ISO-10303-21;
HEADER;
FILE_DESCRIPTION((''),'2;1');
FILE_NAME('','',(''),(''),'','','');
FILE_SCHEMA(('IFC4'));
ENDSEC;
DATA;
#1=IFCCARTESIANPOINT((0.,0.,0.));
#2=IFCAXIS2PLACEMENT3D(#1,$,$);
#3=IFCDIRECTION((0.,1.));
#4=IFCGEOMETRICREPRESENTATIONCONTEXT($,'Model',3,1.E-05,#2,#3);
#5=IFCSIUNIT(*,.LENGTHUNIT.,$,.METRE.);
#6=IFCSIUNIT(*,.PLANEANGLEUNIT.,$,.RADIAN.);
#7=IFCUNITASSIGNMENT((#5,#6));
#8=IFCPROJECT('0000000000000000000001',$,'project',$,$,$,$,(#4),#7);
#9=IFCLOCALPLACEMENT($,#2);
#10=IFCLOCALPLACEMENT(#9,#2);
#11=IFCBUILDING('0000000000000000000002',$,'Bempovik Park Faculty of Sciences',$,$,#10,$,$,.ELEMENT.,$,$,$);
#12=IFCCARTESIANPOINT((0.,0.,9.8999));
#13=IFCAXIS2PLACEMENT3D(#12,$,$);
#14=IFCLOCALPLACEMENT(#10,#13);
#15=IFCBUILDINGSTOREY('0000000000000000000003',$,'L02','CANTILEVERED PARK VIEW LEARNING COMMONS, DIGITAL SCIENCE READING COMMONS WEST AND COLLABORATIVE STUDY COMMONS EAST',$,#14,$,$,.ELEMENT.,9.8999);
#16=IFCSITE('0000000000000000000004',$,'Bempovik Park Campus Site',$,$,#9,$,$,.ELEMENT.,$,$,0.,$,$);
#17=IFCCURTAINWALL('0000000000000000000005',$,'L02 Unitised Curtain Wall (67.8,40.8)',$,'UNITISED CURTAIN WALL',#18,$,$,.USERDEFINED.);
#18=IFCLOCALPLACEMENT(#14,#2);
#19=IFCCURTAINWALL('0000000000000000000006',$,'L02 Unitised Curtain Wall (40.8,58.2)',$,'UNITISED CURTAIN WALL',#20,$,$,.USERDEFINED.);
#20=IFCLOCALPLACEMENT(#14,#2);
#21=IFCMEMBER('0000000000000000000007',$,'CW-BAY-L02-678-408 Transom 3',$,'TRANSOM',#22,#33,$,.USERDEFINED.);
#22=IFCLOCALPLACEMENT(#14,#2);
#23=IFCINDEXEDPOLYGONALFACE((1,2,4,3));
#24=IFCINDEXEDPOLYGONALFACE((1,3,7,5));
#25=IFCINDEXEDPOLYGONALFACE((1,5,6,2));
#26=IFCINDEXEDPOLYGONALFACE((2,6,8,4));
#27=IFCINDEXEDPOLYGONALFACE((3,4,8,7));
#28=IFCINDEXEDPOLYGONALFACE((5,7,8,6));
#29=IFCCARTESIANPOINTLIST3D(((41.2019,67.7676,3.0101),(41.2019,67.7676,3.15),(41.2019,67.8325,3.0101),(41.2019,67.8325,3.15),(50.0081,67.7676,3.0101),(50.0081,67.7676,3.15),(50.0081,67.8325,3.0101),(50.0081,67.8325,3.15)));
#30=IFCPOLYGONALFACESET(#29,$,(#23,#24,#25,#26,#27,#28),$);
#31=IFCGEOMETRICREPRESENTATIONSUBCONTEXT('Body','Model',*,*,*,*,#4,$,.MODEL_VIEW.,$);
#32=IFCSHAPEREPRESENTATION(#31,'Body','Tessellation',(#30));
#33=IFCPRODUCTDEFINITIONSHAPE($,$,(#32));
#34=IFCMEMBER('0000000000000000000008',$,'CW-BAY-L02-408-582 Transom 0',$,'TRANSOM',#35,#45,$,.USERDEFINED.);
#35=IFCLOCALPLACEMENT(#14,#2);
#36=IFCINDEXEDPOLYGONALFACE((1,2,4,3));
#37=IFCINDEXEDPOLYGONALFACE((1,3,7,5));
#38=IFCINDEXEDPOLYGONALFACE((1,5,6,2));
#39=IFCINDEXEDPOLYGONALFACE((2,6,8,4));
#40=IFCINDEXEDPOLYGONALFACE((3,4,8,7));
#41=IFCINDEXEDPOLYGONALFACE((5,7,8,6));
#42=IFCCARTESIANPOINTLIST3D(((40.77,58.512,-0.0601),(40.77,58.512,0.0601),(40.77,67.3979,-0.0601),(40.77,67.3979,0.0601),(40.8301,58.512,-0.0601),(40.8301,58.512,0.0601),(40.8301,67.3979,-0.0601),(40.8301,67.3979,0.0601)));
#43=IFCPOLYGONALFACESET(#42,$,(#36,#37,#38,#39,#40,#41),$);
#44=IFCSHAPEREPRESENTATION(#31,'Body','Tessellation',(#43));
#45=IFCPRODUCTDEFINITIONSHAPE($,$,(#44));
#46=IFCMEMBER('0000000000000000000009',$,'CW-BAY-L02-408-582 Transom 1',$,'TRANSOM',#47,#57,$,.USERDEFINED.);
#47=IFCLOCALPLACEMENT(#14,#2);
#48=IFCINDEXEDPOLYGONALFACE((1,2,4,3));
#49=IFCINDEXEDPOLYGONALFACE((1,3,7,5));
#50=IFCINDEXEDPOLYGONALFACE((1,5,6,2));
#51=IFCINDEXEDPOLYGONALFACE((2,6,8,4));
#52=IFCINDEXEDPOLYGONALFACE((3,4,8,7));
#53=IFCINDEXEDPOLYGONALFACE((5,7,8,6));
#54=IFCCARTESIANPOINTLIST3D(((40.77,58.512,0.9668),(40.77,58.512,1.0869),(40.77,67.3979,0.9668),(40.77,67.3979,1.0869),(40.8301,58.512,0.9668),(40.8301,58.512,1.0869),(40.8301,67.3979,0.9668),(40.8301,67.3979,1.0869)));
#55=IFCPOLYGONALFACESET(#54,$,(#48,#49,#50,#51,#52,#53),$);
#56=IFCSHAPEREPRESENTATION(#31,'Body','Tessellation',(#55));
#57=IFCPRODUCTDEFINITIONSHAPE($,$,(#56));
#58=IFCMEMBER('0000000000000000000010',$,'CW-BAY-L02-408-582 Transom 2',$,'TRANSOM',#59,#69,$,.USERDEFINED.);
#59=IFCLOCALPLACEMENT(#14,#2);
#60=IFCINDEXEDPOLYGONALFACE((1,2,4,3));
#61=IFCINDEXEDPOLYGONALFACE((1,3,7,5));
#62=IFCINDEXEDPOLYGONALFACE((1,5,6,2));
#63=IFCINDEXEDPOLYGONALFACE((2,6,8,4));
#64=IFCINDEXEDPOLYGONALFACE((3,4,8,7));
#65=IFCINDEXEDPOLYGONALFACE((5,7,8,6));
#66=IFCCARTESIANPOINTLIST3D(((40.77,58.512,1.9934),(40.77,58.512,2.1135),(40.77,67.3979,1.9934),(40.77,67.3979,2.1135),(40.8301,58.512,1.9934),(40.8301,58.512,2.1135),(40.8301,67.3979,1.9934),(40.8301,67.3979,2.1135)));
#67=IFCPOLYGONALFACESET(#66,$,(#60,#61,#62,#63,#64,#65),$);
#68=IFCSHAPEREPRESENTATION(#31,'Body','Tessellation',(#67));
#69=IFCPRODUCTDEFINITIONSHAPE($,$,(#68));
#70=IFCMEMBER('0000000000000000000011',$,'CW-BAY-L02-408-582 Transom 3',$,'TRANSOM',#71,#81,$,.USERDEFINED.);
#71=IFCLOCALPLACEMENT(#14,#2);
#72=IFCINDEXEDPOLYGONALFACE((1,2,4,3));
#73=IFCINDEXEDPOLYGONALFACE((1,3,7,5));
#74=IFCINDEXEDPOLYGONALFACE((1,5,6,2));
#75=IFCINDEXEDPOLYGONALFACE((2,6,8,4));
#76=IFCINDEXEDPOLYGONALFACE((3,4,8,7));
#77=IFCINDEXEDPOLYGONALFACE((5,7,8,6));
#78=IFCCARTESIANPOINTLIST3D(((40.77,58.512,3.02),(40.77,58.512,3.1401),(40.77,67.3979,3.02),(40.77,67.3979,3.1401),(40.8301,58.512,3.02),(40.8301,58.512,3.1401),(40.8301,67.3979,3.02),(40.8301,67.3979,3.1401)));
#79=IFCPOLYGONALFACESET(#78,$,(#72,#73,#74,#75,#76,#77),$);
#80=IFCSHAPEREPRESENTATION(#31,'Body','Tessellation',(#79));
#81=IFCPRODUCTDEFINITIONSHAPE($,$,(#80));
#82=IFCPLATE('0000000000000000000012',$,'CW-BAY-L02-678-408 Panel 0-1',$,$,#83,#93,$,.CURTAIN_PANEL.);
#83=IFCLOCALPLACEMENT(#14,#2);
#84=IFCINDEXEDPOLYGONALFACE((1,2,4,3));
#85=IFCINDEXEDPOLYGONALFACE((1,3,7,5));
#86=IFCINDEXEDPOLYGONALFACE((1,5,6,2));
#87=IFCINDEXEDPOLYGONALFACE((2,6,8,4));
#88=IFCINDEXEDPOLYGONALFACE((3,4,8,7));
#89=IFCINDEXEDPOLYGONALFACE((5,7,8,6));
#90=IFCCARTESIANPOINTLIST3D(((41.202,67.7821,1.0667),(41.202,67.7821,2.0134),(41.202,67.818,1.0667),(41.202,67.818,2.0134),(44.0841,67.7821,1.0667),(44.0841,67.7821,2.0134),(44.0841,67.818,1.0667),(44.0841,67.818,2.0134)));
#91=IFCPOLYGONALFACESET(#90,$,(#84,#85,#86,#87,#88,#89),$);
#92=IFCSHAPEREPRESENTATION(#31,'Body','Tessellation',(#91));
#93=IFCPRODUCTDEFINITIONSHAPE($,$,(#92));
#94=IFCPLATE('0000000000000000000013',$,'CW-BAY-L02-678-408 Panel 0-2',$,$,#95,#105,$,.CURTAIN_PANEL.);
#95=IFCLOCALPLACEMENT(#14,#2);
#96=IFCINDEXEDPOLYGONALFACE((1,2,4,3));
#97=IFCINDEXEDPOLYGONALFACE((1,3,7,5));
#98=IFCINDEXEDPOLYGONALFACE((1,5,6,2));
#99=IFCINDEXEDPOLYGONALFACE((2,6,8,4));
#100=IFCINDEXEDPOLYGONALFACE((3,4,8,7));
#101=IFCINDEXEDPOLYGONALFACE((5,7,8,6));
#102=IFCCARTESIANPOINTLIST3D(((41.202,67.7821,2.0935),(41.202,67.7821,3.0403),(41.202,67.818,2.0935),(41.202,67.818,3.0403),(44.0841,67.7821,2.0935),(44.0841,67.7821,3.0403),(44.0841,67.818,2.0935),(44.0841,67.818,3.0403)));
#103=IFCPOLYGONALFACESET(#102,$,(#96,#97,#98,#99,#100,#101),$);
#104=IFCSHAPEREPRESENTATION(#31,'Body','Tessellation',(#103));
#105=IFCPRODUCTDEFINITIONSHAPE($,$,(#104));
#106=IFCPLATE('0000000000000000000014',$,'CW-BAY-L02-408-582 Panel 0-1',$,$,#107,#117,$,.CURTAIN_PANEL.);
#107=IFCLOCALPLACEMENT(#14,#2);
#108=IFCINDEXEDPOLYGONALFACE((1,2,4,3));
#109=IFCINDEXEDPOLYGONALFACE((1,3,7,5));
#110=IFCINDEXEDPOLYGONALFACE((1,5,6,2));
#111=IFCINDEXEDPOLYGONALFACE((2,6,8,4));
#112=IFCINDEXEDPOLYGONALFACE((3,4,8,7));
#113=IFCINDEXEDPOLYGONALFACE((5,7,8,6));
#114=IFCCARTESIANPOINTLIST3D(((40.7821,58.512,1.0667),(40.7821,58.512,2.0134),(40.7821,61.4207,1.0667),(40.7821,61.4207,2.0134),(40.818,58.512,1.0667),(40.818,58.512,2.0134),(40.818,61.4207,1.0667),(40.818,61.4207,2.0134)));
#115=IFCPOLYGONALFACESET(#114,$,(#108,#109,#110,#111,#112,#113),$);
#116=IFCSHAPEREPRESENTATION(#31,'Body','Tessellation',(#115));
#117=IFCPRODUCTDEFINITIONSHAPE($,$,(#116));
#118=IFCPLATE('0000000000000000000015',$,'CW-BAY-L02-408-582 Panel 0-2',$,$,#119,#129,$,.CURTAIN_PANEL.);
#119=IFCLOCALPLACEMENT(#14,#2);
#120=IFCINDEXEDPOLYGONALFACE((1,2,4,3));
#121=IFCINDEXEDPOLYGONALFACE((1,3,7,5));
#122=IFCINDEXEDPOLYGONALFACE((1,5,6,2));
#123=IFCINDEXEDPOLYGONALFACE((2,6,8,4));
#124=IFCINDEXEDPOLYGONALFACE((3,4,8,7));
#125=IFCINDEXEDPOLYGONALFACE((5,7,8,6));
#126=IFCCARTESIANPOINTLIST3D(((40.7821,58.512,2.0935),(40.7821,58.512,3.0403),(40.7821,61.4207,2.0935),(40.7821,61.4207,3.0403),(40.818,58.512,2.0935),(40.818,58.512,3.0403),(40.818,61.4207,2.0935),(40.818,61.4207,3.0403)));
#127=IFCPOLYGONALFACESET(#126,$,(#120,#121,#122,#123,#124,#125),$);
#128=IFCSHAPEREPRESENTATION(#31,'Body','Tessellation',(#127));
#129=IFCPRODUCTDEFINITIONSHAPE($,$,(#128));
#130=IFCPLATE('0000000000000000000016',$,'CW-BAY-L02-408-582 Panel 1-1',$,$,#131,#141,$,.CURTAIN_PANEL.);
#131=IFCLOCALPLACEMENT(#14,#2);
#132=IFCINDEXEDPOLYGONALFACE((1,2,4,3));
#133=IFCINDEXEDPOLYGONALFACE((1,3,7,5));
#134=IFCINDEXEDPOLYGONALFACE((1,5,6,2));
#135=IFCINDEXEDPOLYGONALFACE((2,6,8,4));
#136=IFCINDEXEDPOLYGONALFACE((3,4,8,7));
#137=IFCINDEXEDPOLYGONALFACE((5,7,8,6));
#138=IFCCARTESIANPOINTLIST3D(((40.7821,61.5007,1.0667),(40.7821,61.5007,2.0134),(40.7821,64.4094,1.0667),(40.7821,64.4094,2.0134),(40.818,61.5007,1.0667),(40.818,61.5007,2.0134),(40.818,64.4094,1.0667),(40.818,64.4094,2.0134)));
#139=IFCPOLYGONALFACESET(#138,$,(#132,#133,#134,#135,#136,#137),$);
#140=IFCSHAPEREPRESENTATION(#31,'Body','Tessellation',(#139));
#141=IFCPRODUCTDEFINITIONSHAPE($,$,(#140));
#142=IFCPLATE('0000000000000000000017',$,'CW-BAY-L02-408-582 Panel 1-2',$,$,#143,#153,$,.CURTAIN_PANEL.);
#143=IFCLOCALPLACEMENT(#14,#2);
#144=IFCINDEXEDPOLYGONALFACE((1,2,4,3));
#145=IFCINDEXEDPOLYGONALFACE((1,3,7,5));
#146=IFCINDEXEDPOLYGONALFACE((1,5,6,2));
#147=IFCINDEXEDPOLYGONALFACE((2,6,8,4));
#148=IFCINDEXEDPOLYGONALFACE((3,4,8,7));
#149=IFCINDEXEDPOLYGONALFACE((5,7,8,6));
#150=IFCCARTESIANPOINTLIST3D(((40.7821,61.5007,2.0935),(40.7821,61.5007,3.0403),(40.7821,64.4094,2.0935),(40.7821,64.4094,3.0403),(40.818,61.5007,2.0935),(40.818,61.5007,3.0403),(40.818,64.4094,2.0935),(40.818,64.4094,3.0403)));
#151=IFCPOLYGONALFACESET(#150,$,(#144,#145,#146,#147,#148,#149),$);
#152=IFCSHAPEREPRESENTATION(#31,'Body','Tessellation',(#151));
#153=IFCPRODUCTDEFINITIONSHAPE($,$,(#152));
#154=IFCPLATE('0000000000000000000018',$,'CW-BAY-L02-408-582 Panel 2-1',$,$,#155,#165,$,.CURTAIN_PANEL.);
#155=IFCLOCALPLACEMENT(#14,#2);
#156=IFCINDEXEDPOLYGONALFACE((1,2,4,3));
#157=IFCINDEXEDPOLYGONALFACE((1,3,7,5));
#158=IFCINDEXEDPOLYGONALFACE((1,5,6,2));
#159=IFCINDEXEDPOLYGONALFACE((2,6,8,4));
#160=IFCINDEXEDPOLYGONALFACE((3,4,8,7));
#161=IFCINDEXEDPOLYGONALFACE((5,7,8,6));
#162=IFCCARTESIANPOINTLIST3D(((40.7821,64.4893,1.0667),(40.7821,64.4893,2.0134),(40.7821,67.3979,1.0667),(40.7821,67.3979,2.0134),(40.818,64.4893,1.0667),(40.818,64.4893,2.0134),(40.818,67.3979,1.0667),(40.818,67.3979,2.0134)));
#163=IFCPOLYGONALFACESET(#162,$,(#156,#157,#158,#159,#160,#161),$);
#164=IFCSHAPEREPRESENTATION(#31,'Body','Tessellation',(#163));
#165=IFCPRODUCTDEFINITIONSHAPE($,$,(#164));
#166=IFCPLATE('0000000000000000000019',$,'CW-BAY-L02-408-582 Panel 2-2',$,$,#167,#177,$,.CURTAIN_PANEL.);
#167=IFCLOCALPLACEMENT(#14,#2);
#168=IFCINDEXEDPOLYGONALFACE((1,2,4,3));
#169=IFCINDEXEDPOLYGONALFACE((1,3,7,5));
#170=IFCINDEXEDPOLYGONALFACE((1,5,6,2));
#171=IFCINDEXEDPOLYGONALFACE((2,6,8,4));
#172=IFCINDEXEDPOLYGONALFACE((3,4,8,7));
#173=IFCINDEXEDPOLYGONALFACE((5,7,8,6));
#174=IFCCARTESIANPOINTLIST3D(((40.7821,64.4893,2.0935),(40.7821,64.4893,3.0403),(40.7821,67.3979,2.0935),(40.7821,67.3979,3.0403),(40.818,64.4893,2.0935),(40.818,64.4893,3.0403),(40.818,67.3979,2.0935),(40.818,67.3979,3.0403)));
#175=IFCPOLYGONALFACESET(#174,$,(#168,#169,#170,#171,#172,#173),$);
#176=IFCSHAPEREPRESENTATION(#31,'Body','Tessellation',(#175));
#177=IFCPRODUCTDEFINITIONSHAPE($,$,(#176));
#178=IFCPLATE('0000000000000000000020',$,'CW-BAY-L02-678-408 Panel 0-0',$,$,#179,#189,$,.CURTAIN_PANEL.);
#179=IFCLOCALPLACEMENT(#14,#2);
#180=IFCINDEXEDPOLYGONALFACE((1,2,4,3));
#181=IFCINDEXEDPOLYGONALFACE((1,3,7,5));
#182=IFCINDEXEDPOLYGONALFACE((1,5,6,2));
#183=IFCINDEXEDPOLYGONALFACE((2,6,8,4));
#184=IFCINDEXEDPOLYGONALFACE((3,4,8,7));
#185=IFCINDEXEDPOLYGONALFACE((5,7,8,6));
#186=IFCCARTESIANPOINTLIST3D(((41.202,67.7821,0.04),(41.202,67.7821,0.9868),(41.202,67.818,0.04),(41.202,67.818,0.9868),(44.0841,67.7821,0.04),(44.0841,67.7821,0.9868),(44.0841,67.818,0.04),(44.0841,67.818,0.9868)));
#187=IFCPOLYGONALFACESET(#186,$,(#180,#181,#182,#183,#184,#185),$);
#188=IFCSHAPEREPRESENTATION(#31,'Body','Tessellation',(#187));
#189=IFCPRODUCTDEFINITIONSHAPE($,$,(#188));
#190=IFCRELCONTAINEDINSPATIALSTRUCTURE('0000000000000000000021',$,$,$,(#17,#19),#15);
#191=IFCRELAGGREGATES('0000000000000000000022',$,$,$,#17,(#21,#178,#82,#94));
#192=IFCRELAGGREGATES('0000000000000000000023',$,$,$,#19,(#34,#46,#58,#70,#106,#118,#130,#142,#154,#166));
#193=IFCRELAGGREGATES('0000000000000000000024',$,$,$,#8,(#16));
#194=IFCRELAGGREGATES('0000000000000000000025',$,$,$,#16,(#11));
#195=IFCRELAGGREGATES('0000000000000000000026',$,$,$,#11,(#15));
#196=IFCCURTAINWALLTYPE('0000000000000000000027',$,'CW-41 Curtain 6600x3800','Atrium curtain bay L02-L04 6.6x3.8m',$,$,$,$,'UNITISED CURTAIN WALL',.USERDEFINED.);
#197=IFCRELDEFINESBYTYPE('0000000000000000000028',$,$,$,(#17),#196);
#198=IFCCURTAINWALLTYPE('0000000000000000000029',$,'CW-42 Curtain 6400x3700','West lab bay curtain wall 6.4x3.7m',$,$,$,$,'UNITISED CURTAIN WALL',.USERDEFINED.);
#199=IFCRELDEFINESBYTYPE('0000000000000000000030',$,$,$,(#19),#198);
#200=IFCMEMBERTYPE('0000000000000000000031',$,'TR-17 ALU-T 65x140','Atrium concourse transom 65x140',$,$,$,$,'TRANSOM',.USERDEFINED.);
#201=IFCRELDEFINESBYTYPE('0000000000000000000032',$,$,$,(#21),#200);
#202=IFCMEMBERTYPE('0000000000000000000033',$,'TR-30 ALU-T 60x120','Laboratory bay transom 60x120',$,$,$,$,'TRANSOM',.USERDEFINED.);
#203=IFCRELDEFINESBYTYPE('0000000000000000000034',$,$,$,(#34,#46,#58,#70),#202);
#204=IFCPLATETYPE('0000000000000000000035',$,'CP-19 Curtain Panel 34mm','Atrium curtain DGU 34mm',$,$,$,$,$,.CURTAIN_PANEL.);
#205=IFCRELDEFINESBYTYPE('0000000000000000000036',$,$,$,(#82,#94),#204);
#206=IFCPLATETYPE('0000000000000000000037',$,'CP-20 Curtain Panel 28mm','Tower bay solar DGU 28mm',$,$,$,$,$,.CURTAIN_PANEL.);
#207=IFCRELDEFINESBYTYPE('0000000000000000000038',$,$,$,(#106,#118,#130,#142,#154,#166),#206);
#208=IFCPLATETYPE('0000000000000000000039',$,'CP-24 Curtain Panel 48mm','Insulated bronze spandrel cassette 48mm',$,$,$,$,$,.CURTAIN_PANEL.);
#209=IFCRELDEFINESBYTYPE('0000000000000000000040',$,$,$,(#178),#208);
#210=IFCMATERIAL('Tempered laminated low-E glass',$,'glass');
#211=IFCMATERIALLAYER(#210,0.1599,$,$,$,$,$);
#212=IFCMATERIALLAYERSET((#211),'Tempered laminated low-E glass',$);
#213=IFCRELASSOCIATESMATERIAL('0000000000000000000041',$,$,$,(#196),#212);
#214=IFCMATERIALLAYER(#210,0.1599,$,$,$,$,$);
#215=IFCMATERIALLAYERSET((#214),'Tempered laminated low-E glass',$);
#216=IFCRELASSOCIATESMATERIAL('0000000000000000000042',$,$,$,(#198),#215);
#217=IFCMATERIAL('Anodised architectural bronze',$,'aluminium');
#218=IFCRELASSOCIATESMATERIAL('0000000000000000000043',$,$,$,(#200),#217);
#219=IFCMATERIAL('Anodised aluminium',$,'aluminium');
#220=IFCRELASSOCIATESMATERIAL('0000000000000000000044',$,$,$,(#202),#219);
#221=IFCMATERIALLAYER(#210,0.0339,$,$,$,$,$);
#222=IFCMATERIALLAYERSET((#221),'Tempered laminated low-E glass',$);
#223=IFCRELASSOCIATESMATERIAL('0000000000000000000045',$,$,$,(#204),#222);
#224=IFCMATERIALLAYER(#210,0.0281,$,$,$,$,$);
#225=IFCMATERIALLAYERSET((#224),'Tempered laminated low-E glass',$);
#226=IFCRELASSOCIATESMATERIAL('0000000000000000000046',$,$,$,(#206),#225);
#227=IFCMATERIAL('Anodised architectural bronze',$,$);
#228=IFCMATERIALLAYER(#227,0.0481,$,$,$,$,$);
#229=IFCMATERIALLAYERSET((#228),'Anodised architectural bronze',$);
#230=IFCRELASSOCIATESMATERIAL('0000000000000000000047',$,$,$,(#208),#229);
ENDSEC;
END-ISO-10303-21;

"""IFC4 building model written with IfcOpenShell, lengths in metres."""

from ifc_helpers import new_model, si_unit, direction, frame, origin, origin_2d, place, context, subcontext, project, spatial, rectangle, extrude, material, layer, layer_set, material_profile, profile_set, type_object, element, aggregate, save


model = new_model("IFC4")

# Units and contexts
model_context = context("Model", 3, precision=1e-05, world=origin(), true_north=direction((0.0, 1.0)))
body_context = subcontext(model_context, "Body", "Model", "MODEL_VIEW")
ifc_project = project(units=[si_unit("LENGTHUNIT", "METRE"), si_unit("PLANEANGLEUNIT", "RADIAN")], contexts=[model_context])

# Site, building, storey
site_placement = place(None, origin())
site = spatial("IfcSite", under=ifc_project, at=site_placement, Name="Bempovik Park Campus Site", CompositionType="ELEMENT", RefElevation=0.0)
building_placement = place(site_placement, origin())
building = spatial("IfcBuilding", under=site, at=building_placement, Name="Bempovik Park Faculty of Sciences", CompositionType="ELEMENT")
storey_placement = place(building_placement, frame((0.0, 0.0, 9.8999)))
storey = spatial("IfcBuildingStorey", under=building, at=storey_placement, Name="L02", Description="CANTILEVERED PARK VIEW LEARNING COMMONS, DIGITAL SCIENCE READING COMMONS WEST AND COLLABORATIVE STUDY COMMONS EAST", CompositionType="ELEMENT", Elevation=9.8999)

# Curtain walls
ifc_material_1 = material(Name="Tempered laminated low-E glass", Category="glass")
ifc_layer_1 = layer(ifc_material_1, 0.1599)
ifc_layer_set_1 = layer_set([ifc_layer_1], Name="Tempered laminated low-E glass")
curtain_wall_type_1 = type_object("IfcCurtainWallType", Name="CW-41 Curtain 6600x3800", Description="Atrium curtain bay L02-L04 6.6x3.8m", ElementType="UNITISED CURTAIN WALL", PredefinedType="USERDEFINED", material=ifc_layer_set_1)
curtain_wall_1_placement = place(storey_placement, origin())
curtain_wall_1 = element("IfcCurtainWall", 1, at=curtain_wall_1_placement, inside=storey, type_object=curtain_wall_type_1, Name="L02 Unitised Curtain Wall (67.8,40.8)", ObjectType="UNITISED CURTAIN WALL", PredefinedType="USERDEFINED")
ifc_material_2 = material(Name="Anodised architectural bronze", Category="aluminium")
ifc_layer_2 = layer(ifc_material_1, 0.1599)
ifc_layer_set_2 = layer_set([ifc_layer_2], Name="Tempered laminated low-E glass")
curtain_wall_type_2 = type_object("IfcCurtainWallType", Name="CW-42 Curtain 6400x3700", Description="West lab bay curtain wall 6.4x3.7m", ElementType="UNITISED CURTAIN WALL", PredefinedType="USERDEFINED", material=ifc_layer_set_2)
curtain_wall_2_placement = place(storey_placement, origin())
curtain_wall_2 = element("IfcCurtainWall", 2, at=curtain_wall_2_placement, inside=storey, type_object=curtain_wall_type_2, Name="L02 Unitised Curtain Wall (40.8,58.2)", ObjectType="UNITISED CURTAIN WALL", PredefinedType="USERDEFINED")
ifc_material_3 = material(Name="Anodised aluminium", Category="aluminium")

# Members
ifc_material_profile_1 = material_profile(ifc_material_2, rectangle(XDim=0.0649, YDim=0.1399, at=origin_2d()), Name="ALU-T 65x140")
ifc_profile_set_1 = profile_set([ifc_material_profile_1], Name="Anodised architectural bronze")
member_type_1 = type_object("IfcMemberType", Name="TR-17 ALU-T 65x140", Description="Atrium concourse transom 65x140", ElementType="TRANSOM", PredefinedType="USERDEFINED", material=ifc_profile_set_1)
member_1_placement = place(storey_placement, frame((41.2019, 67.8, 3.0801), z_axis=(1.0, 0.0, 0.0), x_axis=(0.0, 1.0, 0.0)))
member_1 = element("IfcMember", 3, at=member_1_placement, type_object=member_type_1, Name="CW-BAY-L02-678-408 Transom 3", ObjectType="TRANSOM", PredefinedType="USERDEFINED", context=body_context, shape_type="SweptSolid", body=[
    extrude(rectangle(XDim=0.0649, YDim=0.1399, at=origin_2d()), origin(), (0.0, 0.0, 1.0), 8.8062),
])
ifc_material_profile_2 = material_profile(ifc_material_3, rectangle(XDim=0.0601, YDim=0.1201, at=origin_2d()), Name="ALU-T 60x120")
ifc_profile_set_2 = profile_set([ifc_material_profile_2], Name="Anodised aluminium")
member_type_2 = type_object("IfcMemberType", Name="TR-30 ALU-T 60x120", Description="Laboratory bay transom 60x120", ElementType="TRANSOM", PredefinedType="USERDEFINED", material=ifc_profile_set_2)
member_2_placement = place(storey_placement, frame((40.8, 58.512, 0.0), z_axis=(0.0, 1.0, 0.0), x_axis=(-1.0, 0.0, 0.0)))
member_2 = element("IfcMember", 4, at=member_2_placement, type_object=member_type_2, Name="CW-BAY-L02-408-582 Transom 0", ObjectType="TRANSOM", PredefinedType="USERDEFINED", context=body_context, shape_type="SweptSolid", body=[
    extrude(rectangle(XDim=0.0601, YDim=0.1201, at=origin_2d()), origin(), (0.0, 0.0, 1.0), 8.886),
])
member_3_placement = place(storey_placement, frame((40.8, 58.512, 1.0269), z_axis=(0.0, 1.0, 0.0), x_axis=(-1.0, 0.0, 0.0)))
member_3 = element("IfcMember", 5, at=member_3_placement, type_object=member_type_2, Name="CW-BAY-L02-408-582 Transom 1", ObjectType="TRANSOM", PredefinedType="USERDEFINED", context=body_context, shape_type="SweptSolid", body=[
    extrude(rectangle(XDim=0.0601, YDim=0.1201, at=origin_2d()), origin(), (0.0, 0.0, 1.0), 8.886),
])
member_4_placement = place(storey_placement, frame((40.8, 58.512, 2.0535), z_axis=(0.0, 1.0, 0.0), x_axis=(-1.0, 0.0, 0.0)))
member_4 = element("IfcMember", 6, at=member_4_placement, type_object=member_type_2, Name="CW-BAY-L02-408-582 Transom 2", ObjectType="TRANSOM", PredefinedType="USERDEFINED", context=body_context, shape_type="SweptSolid", body=[
    extrude(rectangle(XDim=0.0601, YDim=0.1201, at=origin_2d()), origin(), (0.0, 0.0, 1.0), 8.886),
])
member_5_placement = place(storey_placement, frame((40.8, 58.512, 3.0801), z_axis=(0.0, 1.0, 0.0), x_axis=(-1.0, 0.0, 0.0)))
member_5 = element("IfcMember", 7, at=member_5_placement, type_object=member_type_2, Name="CW-BAY-L02-408-582 Transom 3", ObjectType="TRANSOM", PredefinedType="USERDEFINED", context=body_context, shape_type="SweptSolid", body=[
    extrude(rectangle(XDim=0.0601, YDim=0.1201, at=origin_2d()), origin(), (0.0, 0.0, 1.0), 8.886),
])

# Plates
ifc_layer_3 = layer(ifc_material_1, 0.0339)
ifc_layer_set_3 = layer_set([ifc_layer_3], Name="Tempered laminated low-E glass")
plate_type_1 = type_object("IfcPlateType", Name="CP-19 Curtain Panel 34mm", Description="Atrium curtain DGU 34mm", PredefinedType="CURTAIN_PANEL", material=ifc_layer_set_3)
plate_1_placement = place(storey_placement, frame((42.6431, 67.8, 1.0667), z_axis=(0.0, 0.0, 1.0), x_axis=(1.0, 0.0, 0.0)))
plate_1 = element("IfcPlate", 8, at=plate_1_placement, type_object=plate_type_1, Name="CW-BAY-L02-678-408 Panel 0-1", PredefinedType="CURTAIN_PANEL", context=body_context, shape_type="SweptSolid", body=[
    extrude(rectangle(XDim=2.8821, YDim=0.0359, at=origin_2d()), origin(), (0.0, 0.0, 1.0), 0.9468),
])
plate_2_placement = place(storey_placement, frame((42.6431, 67.8, 2.0935), z_axis=(0.0, 0.0, 1.0), x_axis=(1.0, 0.0, 0.0)))
plate_2 = element("IfcPlate", 9, at=plate_2_placement, type_object=plate_type_1, Name="CW-BAY-L02-678-408 Panel 0-2", PredefinedType="CURTAIN_PANEL", context=body_context, shape_type="SweptSolid", body=[
    extrude(rectangle(XDim=2.8821, YDim=0.0359, at=origin_2d()), origin(), (0.0, 0.0, 1.0), 0.9468),
])
ifc_layer_4 = layer(ifc_material_1, 0.0281)
ifc_layer_set_4 = layer_set([ifc_layer_4], Name="Tempered laminated low-E glass")
plate_type_2 = type_object("IfcPlateType", Name="CP-20 Curtain Panel 28mm", Description="Tower bay solar DGU 28mm", PredefinedType="CURTAIN_PANEL", material=ifc_layer_set_4)
plate_3_placement = place(storey_placement, frame((40.8, 59.9663, 1.0667), z_axis=(0.0, 0.0, 1.0), x_axis=(0.0, 1.0, 0.0)))
plate_3 = element("IfcPlate", 10, at=plate_3_placement, type_object=plate_type_2, Name="CW-BAY-L02-408-582 Panel 0-1", PredefinedType="CURTAIN_PANEL", context=body_context, shape_type="SweptSolid", body=[
    extrude(rectangle(XDim=2.9087, YDim=0.0359, at=origin_2d()), origin(), (0.0, 0.0, 1.0), 0.9468),
])
plate_4_placement = place(storey_placement, frame((40.8, 59.9663, 2.0935), z_axis=(0.0, 0.0, 1.0), x_axis=(0.0, 1.0, 0.0)))
plate_4 = element("IfcPlate", 11, at=plate_4_placement, type_object=plate_type_2, Name="CW-BAY-L02-408-582 Panel 0-2", PredefinedType="CURTAIN_PANEL", context=body_context, shape_type="SweptSolid", body=[
    extrude(rectangle(XDim=2.9087, YDim=0.0359, at=origin_2d()), origin(), (0.0, 0.0, 1.0), 0.9468),
])
plate_5_placement = place(storey_placement, frame((40.8, 62.9551, 1.0667), z_axis=(0.0, 0.0, 1.0), x_axis=(0.0, 1.0, 0.0)))
plate_5 = element("IfcPlate", 12, at=plate_5_placement, type_object=plate_type_2, Name="CW-BAY-L02-408-582 Panel 1-1", PredefinedType="CURTAIN_PANEL", context=body_context, shape_type="SweptSolid", body=[
    extrude(rectangle(XDim=2.9087, YDim=0.0359, at=origin_2d()), origin(), (0.0, 0.0, 1.0), 0.9468),
])
plate_6_placement = place(storey_placement, frame((40.8, 62.9551, 2.0935), z_axis=(0.0, 0.0, 1.0), x_axis=(0.0, 1.0, 0.0)))
plate_6 = element("IfcPlate", 13, at=plate_6_placement, type_object=plate_type_2, Name="CW-BAY-L02-408-582 Panel 1-2", PredefinedType="CURTAIN_PANEL", context=body_context, shape_type="SweptSolid", body=[
    extrude(rectangle(XDim=2.9087, YDim=0.0359, at=origin_2d()), origin(), (0.0, 0.0, 1.0), 0.9468),
])
plate_7_placement = place(storey_placement, frame((40.8, 65.9436, 1.0667), z_axis=(0.0, 0.0, 1.0), x_axis=(0.0, 1.0, 0.0)))
plate_7 = element("IfcPlate", 14, at=plate_7_placement, type_object=plate_type_2, Name="CW-BAY-L02-408-582 Panel 2-1", PredefinedType="CURTAIN_PANEL", context=body_context, shape_type="SweptSolid", body=[
    extrude(rectangle(XDim=2.9087, YDim=0.0359, at=origin_2d()), origin(), (0.0, 0.0, 1.0), 0.9468),
])
plate_8_placement = place(storey_placement, frame((40.8, 65.9436, 2.0935), z_axis=(0.0, 0.0, 1.0), x_axis=(0.0, 1.0, 0.0)))
plate_8 = element("IfcPlate", 15, at=plate_8_placement, type_object=plate_type_2, Name="CW-BAY-L02-408-582 Panel 2-2", PredefinedType="CURTAIN_PANEL", context=body_context, shape_type="SweptSolid", body=[
    extrude(rectangle(XDim=2.9087, YDim=0.0359, at=origin_2d()), origin(), (0.0, 0.0, 1.0), 0.9468),
])
ifc_material_4 = material(Name="Anodised architectural bronze")
ifc_layer_5 = layer(ifc_material_4, 0.0481)
ifc_layer_set_5 = layer_set([ifc_layer_5], Name="Anodised architectural bronze")
plate_type_3 = type_object("IfcPlateType", Name="CP-24 Curtain Panel 48mm", Description="Insulated bronze spandrel cassette 48mm", PredefinedType="CURTAIN_PANEL", material=ifc_layer_set_5)
plate_9_placement = place(storey_placement, frame((42.6431, 67.8, 0.04), z_axis=(0.0, 0.0, 1.0), x_axis=(1.0, 0.0, 0.0)))
plate_9 = element("IfcPlate", 16, at=plate_9_placement, type_object=plate_type_3, Name="CW-BAY-L02-678-408 Panel 0-0", PredefinedType="CURTAIN_PANEL", context=body_context, shape_type="SweptSolid", body=[
    extrude(rectangle(XDim=2.8821, YDim=0.0359, at=origin_2d()), origin(), (0.0, 0.0, 1.0), 0.9468),
])
aggregate(curtain_wall_1, [member_1, plate_9, plate_1, plate_2])
aggregate(curtain_wall_2, [member_2, member_3, member_4, member_5, plate_3, plate_4, plate_5, plate_6, plate_7, plate_8])

save(model, "model.ifc")
